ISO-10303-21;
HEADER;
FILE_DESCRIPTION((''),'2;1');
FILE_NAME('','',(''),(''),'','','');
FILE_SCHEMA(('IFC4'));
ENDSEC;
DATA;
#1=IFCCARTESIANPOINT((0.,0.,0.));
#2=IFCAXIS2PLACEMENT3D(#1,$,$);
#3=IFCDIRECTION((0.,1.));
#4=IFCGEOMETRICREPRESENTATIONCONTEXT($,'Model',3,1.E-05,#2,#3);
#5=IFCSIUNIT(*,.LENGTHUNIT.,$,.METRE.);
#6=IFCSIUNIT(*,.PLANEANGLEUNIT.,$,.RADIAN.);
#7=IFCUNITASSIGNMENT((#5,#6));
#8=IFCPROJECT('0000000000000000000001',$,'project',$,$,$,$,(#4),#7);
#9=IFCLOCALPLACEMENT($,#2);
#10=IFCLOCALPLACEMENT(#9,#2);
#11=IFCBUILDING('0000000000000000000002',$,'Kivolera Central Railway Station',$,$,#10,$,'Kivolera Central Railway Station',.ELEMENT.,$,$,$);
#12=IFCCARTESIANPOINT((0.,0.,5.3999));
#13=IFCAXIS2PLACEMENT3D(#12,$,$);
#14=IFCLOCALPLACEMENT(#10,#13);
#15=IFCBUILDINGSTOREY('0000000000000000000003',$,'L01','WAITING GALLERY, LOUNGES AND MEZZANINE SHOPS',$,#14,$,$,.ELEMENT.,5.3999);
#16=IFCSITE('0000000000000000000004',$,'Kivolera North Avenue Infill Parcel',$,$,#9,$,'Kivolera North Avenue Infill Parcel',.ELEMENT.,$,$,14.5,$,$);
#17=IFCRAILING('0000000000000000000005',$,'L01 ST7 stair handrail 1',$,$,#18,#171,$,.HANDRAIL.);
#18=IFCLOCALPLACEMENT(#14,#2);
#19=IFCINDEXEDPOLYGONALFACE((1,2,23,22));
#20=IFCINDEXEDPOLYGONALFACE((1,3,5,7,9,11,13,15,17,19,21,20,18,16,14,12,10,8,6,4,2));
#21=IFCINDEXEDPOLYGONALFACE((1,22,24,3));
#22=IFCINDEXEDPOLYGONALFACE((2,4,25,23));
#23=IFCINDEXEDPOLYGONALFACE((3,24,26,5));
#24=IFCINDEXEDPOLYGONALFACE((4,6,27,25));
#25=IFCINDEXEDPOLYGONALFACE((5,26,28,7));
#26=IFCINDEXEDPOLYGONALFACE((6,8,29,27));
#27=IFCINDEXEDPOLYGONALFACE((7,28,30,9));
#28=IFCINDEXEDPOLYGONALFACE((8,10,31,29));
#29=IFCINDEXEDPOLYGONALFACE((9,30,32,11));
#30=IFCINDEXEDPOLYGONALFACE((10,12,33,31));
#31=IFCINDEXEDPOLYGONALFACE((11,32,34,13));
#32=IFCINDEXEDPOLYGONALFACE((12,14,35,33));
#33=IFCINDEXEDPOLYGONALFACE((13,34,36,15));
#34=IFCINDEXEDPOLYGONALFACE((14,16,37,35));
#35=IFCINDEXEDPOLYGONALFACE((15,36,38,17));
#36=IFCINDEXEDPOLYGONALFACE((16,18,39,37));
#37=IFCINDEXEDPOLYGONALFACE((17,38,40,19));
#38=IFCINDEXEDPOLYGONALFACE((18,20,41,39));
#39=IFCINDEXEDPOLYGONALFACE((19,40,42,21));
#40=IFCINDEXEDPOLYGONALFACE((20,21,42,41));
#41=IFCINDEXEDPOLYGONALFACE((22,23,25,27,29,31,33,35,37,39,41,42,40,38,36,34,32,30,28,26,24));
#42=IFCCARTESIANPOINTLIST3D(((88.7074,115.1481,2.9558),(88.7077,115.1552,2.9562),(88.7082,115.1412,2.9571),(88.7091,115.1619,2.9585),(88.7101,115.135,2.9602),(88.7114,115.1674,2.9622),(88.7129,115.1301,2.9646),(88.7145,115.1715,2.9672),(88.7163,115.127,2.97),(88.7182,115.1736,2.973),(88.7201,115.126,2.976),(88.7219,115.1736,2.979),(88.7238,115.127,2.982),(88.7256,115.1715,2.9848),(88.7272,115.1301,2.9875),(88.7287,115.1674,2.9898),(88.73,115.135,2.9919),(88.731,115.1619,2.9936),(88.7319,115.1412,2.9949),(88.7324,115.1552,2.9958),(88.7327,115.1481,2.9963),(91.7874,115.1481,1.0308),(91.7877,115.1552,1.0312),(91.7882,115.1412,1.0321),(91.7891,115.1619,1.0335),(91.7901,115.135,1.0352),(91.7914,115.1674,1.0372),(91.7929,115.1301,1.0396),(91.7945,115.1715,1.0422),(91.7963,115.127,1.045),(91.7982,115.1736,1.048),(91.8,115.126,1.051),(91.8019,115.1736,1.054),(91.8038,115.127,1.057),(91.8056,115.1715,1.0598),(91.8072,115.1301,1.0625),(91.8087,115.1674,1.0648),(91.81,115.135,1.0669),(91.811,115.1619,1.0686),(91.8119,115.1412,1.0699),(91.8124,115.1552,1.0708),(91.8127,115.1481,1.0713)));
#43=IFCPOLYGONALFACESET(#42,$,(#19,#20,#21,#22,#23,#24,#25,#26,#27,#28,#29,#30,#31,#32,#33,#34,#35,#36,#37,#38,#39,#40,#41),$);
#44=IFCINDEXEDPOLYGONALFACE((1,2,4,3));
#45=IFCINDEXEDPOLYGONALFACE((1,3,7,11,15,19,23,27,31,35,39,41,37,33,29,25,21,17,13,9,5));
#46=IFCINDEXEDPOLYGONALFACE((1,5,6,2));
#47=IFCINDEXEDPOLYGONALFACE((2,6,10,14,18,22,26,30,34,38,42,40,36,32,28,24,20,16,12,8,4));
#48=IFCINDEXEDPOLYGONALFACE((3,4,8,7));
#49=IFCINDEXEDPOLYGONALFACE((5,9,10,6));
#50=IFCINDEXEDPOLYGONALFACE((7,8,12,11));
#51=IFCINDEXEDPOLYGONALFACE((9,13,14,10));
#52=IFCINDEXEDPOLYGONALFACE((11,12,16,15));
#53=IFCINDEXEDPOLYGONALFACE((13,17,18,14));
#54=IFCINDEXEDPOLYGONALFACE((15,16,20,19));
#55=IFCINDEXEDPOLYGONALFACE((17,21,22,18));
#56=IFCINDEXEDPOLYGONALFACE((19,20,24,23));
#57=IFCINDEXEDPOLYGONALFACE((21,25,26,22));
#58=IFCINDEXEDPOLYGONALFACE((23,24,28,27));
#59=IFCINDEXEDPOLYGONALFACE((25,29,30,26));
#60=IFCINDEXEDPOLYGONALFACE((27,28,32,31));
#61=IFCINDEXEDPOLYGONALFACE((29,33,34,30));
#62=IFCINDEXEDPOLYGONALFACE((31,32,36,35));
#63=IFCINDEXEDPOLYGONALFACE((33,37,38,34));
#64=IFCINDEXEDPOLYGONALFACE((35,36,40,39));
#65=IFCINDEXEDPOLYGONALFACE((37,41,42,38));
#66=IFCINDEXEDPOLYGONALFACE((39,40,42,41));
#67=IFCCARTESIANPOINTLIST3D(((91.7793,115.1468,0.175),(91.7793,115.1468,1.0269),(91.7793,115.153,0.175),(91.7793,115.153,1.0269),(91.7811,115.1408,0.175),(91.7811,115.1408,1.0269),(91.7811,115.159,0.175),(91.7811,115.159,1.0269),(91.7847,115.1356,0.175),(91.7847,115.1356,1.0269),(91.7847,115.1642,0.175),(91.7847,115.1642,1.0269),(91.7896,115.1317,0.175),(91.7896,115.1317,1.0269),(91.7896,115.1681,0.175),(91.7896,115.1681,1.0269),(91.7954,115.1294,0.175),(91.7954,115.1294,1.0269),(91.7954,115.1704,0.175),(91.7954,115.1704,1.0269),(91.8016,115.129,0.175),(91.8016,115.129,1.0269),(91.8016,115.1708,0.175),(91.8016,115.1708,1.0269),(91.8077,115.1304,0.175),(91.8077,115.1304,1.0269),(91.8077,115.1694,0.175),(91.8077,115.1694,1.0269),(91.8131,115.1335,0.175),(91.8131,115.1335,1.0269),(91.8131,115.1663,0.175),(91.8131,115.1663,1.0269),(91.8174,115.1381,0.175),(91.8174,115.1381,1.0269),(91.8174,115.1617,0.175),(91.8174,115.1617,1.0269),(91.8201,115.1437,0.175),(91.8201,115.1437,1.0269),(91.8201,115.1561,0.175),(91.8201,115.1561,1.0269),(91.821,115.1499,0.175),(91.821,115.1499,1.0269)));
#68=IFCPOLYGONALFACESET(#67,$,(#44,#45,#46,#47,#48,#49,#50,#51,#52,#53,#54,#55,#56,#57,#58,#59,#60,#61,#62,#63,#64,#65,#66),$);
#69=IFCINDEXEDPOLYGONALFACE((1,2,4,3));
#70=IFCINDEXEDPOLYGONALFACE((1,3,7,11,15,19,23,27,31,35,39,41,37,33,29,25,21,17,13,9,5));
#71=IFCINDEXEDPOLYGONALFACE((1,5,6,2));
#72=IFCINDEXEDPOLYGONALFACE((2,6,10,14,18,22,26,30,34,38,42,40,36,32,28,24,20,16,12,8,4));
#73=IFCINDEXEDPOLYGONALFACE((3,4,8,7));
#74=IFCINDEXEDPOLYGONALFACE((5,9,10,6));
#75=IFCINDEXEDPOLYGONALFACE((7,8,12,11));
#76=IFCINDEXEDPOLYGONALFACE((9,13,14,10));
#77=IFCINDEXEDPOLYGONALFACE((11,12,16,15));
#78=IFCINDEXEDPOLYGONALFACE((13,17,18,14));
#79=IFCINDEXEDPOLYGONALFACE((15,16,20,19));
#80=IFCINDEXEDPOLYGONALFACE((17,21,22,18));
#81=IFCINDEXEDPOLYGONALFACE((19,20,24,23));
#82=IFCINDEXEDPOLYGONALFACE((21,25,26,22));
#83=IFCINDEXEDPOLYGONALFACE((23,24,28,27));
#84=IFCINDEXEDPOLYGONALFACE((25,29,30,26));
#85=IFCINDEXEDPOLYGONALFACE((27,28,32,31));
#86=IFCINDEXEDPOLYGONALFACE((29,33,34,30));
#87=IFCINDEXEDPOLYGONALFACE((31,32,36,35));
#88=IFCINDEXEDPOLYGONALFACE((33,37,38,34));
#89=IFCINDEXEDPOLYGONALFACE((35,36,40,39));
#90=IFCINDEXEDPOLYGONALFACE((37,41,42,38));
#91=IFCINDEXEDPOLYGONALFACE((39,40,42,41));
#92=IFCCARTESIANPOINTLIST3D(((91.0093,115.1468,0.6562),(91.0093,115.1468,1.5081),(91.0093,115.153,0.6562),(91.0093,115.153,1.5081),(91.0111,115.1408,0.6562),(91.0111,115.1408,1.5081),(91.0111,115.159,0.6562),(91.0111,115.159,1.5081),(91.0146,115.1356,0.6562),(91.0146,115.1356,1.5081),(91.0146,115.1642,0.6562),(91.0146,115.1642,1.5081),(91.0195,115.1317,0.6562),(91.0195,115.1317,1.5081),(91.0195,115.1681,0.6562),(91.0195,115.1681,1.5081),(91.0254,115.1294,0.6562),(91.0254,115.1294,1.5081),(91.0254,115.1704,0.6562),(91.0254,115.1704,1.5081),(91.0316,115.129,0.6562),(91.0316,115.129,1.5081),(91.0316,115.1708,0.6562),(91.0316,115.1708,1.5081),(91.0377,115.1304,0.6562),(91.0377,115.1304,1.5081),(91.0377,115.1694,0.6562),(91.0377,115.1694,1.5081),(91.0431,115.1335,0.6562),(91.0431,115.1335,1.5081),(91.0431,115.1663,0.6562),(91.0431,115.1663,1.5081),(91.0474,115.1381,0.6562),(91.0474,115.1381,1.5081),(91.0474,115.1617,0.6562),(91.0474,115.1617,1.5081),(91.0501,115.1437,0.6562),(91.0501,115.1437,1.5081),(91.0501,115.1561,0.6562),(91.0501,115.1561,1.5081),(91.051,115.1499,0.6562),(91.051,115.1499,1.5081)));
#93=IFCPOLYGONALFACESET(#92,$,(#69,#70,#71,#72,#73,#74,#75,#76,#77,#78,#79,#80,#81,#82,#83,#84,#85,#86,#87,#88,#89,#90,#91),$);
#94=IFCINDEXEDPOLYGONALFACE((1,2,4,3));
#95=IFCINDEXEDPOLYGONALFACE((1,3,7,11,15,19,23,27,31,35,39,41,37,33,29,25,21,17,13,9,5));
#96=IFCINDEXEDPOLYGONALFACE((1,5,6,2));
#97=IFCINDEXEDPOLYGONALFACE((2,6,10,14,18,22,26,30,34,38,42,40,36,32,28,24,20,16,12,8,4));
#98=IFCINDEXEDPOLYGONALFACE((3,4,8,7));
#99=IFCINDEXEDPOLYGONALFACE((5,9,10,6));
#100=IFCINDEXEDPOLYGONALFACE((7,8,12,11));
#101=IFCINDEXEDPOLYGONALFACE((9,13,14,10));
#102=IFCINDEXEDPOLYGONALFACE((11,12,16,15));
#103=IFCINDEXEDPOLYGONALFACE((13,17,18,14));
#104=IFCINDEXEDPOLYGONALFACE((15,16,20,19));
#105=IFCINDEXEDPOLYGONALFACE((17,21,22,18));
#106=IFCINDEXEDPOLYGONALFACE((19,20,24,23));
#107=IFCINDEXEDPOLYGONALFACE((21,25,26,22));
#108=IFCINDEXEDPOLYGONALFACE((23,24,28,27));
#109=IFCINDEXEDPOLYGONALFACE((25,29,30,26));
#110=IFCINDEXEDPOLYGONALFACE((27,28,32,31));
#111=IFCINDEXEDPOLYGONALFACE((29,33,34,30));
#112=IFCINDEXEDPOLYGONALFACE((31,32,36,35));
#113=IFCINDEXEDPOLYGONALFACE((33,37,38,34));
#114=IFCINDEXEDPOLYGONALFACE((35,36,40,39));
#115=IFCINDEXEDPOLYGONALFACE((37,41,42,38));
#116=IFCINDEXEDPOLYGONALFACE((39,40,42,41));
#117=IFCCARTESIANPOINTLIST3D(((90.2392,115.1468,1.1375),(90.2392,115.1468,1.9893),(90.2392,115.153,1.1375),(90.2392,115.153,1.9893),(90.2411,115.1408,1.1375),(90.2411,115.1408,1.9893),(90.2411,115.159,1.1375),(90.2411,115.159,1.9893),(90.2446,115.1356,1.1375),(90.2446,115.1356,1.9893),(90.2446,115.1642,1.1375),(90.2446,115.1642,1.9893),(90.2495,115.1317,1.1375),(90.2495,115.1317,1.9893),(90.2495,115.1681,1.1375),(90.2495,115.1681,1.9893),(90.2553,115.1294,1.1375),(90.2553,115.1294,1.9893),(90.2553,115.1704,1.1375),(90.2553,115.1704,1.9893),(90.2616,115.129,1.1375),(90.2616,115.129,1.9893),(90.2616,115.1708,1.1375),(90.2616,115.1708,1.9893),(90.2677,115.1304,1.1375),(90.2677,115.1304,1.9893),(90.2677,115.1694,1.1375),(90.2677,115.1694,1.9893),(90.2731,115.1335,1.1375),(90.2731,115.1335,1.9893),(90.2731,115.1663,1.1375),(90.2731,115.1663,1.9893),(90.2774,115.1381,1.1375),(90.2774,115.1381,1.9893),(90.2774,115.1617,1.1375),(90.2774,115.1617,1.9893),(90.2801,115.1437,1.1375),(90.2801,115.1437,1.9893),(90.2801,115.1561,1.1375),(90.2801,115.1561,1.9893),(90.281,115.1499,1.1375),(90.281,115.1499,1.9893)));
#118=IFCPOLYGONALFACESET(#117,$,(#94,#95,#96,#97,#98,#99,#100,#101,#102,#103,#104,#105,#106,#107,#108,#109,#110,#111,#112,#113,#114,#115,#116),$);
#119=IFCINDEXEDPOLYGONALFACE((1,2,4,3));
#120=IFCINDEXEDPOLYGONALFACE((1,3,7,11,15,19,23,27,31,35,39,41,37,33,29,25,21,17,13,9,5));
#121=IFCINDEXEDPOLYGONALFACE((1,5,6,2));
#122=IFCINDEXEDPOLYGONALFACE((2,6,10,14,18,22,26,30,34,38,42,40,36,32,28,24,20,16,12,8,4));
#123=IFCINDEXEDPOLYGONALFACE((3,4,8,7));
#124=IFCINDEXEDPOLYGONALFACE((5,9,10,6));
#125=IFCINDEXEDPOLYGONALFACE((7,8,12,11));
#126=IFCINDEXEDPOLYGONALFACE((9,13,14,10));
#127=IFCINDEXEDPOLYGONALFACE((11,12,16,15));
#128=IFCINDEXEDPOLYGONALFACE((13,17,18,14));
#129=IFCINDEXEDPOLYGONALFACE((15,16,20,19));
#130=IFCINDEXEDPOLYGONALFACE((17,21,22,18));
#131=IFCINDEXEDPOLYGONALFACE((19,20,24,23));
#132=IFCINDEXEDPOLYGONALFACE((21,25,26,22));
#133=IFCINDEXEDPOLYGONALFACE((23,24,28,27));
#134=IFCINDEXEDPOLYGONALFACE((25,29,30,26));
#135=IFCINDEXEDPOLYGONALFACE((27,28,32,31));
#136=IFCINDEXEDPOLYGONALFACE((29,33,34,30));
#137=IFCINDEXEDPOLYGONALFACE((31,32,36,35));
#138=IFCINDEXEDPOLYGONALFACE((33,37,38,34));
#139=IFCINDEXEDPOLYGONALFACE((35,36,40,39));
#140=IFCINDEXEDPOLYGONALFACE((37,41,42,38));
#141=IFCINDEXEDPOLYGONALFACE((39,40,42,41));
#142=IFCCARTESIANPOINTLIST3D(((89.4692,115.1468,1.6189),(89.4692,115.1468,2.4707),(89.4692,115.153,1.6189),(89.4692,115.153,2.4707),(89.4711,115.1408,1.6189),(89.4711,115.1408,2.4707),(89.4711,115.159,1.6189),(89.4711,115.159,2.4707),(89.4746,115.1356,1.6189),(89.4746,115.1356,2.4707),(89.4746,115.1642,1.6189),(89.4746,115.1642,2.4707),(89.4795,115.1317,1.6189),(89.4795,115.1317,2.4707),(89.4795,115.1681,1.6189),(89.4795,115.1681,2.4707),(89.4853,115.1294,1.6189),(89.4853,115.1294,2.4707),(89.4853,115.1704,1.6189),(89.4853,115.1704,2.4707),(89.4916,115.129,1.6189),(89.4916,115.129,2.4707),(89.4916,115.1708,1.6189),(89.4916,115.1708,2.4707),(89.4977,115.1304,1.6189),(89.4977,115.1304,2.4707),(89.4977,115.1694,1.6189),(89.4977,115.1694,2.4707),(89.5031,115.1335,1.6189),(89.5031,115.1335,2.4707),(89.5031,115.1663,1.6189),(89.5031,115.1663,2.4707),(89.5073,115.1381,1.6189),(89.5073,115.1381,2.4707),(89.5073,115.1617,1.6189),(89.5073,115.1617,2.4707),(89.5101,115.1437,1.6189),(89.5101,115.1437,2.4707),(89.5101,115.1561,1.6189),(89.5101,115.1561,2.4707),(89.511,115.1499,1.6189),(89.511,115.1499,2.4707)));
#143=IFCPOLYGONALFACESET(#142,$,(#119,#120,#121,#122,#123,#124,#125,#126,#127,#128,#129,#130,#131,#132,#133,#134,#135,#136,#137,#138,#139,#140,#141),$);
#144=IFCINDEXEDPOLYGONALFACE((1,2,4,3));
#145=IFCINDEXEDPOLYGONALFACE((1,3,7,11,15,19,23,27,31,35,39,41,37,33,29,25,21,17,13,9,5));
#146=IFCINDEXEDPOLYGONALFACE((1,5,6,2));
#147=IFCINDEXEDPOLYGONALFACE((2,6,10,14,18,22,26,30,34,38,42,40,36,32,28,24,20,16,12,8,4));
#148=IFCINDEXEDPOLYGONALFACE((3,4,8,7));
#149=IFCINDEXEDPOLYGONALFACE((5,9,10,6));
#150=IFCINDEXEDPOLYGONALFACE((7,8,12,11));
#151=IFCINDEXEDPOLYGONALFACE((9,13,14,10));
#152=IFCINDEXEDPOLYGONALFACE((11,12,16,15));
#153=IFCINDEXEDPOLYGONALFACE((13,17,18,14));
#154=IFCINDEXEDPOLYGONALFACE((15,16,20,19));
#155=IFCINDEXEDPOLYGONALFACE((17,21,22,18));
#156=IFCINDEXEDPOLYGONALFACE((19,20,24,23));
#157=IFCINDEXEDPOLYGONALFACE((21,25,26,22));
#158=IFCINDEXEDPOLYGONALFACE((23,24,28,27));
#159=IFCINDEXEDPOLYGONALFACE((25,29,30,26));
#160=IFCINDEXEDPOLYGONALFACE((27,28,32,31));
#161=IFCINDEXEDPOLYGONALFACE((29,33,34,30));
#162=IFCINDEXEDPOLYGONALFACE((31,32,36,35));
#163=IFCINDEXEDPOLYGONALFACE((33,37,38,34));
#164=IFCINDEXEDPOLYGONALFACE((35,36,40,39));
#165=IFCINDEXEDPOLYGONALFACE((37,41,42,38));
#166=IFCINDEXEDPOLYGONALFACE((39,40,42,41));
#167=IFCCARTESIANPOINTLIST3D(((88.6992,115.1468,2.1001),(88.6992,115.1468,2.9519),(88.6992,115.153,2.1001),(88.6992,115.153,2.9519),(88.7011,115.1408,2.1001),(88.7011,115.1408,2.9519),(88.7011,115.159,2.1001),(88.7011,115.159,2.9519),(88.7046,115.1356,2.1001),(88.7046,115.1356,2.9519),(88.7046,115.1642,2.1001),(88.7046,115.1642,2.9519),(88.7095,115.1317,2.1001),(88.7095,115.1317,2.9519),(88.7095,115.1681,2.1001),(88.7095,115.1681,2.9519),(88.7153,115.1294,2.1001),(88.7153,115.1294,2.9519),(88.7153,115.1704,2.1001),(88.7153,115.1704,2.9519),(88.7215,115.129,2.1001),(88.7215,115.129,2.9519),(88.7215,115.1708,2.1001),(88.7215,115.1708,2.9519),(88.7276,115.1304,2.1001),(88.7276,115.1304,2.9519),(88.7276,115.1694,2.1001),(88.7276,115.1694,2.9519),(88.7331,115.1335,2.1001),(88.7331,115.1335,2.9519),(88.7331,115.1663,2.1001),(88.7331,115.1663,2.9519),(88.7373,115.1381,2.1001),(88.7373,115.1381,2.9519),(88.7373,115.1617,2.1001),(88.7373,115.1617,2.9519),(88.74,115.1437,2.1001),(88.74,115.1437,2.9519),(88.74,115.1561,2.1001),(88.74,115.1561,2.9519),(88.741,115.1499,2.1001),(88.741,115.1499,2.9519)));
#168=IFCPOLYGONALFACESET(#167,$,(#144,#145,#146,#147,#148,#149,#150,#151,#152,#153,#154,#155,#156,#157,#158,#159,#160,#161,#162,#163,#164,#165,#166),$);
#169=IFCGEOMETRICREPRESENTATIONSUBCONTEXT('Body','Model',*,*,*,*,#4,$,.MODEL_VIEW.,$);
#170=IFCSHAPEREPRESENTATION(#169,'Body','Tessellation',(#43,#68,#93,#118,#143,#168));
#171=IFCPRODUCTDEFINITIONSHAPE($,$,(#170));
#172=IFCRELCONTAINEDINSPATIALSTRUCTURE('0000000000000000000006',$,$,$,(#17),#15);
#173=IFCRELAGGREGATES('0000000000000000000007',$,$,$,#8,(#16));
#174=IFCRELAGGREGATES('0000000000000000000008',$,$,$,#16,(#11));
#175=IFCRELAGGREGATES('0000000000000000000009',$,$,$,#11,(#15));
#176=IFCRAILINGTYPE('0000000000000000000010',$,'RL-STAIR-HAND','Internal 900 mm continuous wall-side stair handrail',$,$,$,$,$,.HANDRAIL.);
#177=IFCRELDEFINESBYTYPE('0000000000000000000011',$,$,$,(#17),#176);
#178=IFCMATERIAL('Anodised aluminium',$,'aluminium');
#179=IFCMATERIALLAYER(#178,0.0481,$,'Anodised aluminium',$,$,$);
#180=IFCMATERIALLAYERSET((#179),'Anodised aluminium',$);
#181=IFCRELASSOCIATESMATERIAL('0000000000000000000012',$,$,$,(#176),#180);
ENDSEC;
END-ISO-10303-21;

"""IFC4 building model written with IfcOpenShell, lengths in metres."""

from ifc_helpers import new_model, si_unit, direction, frame, origin, origin_2d, place, context, subcontext, project, spatial, circle, extrude, material, layer, layer_set, type_object, element, save


model = new_model("IFC4")

# Units and contexts
model_context = context("Model", 3, precision=1e-05, world=origin(), true_north=direction((0.0, 1.0)))
body_context = subcontext(model_context, "Body", "Model", "MODEL_VIEW")
ifc_project = project(units=[si_unit("LENGTHUNIT", "METRE"), si_unit("PLANEANGLEUNIT", "RADIAN")], contexts=[model_context])

# Site, building, storey
site_placement = place(None, origin())
site = spatial("IfcSite", under=ifc_project, at=site_placement, Name="Kivolera North Avenue Infill Parcel", LongName="Kivolera North Avenue Infill Parcel", CompositionType="ELEMENT", RefElevation=14.5)
building_placement = place(site_placement, origin())
building = spatial("IfcBuilding", under=site, at=building_placement, Name="Kivolera Central Railway Station", LongName="Kivolera Central Railway Station", CompositionType="ELEMENT")
storey_placement = place(building_placement, frame((0.0, 0.0, 5.3999)))
storey = spatial("IfcBuildingStorey", under=building, at=storey_placement, Name="L01", Description="WAITING GALLERY, LOUNGES AND MEZZANINE SHOPS", CompositionType="ELEMENT", Elevation=5.3999)

# Shared definitions
ifc_material_1 = material(Name="Anodised aluminium", Category="aluminium")

# Railing
ifc_layer_1 = layer(ifc_material_1, 0.0481, Name="Anodised aluminium")
ifc_layer_set_1 = layer_set([ifc_layer_1], Name="Anodised aluminium")
railing_type = type_object("IfcRailingType", Name="RL-STAIR-HAND", Description="Internal 900 mm continuous wall-side stair handrail", PredefinedType="HANDRAIL", material=ifc_layer_set_1)
railing_placement = place(storey_placement, frame((91.8, 115.1499, 0.175)))
element("IfcRailing", 1, at=railing_placement, inside=storey, type_object=railing_type, Name="L01 ST7 stair handrail 1", PredefinedType="HANDRAIL", context=body_context, shape_type="SweptSolid", body=[
    extrude(circle(Radius=0.0239, at=origin_2d()), frame((0.0, 0.0, 0.876), z_axis=(-0.847998, 0.0, 0.529999), x_axis=(0.0, -1.0, 0.0)), (0.0, 0.0, 1.0), 3.6321),
    extrude(circle(Radius=0.021, at=origin_2d()), origin(), (0.0, 0.0, 1.0), 0.8518),
    extrude(circle(Radius=0.021, at=origin_2d()), frame((-0.77, 0.0, 0.4812)), (0.0, 0.0, 1.0), 0.8518),
    extrude(circle(Radius=0.021, at=origin_2d()), frame((-1.54, 0.0, 0.9624)), (0.0, 0.0, 1.0), 0.8518),
    extrude(circle(Radius=0.021, at=origin_2d()), frame((-2.3101, 0.0, 1.4438)), (0.0, 0.0, 1.0), 0.8518),
    extrude(circle(Radius=0.021, at=origin_2d()), frame((-3.0801, 0.0, 1.925)), (0.0, 0.0, 1.0), 0.8518),
])

save(model, "model.ifc")
